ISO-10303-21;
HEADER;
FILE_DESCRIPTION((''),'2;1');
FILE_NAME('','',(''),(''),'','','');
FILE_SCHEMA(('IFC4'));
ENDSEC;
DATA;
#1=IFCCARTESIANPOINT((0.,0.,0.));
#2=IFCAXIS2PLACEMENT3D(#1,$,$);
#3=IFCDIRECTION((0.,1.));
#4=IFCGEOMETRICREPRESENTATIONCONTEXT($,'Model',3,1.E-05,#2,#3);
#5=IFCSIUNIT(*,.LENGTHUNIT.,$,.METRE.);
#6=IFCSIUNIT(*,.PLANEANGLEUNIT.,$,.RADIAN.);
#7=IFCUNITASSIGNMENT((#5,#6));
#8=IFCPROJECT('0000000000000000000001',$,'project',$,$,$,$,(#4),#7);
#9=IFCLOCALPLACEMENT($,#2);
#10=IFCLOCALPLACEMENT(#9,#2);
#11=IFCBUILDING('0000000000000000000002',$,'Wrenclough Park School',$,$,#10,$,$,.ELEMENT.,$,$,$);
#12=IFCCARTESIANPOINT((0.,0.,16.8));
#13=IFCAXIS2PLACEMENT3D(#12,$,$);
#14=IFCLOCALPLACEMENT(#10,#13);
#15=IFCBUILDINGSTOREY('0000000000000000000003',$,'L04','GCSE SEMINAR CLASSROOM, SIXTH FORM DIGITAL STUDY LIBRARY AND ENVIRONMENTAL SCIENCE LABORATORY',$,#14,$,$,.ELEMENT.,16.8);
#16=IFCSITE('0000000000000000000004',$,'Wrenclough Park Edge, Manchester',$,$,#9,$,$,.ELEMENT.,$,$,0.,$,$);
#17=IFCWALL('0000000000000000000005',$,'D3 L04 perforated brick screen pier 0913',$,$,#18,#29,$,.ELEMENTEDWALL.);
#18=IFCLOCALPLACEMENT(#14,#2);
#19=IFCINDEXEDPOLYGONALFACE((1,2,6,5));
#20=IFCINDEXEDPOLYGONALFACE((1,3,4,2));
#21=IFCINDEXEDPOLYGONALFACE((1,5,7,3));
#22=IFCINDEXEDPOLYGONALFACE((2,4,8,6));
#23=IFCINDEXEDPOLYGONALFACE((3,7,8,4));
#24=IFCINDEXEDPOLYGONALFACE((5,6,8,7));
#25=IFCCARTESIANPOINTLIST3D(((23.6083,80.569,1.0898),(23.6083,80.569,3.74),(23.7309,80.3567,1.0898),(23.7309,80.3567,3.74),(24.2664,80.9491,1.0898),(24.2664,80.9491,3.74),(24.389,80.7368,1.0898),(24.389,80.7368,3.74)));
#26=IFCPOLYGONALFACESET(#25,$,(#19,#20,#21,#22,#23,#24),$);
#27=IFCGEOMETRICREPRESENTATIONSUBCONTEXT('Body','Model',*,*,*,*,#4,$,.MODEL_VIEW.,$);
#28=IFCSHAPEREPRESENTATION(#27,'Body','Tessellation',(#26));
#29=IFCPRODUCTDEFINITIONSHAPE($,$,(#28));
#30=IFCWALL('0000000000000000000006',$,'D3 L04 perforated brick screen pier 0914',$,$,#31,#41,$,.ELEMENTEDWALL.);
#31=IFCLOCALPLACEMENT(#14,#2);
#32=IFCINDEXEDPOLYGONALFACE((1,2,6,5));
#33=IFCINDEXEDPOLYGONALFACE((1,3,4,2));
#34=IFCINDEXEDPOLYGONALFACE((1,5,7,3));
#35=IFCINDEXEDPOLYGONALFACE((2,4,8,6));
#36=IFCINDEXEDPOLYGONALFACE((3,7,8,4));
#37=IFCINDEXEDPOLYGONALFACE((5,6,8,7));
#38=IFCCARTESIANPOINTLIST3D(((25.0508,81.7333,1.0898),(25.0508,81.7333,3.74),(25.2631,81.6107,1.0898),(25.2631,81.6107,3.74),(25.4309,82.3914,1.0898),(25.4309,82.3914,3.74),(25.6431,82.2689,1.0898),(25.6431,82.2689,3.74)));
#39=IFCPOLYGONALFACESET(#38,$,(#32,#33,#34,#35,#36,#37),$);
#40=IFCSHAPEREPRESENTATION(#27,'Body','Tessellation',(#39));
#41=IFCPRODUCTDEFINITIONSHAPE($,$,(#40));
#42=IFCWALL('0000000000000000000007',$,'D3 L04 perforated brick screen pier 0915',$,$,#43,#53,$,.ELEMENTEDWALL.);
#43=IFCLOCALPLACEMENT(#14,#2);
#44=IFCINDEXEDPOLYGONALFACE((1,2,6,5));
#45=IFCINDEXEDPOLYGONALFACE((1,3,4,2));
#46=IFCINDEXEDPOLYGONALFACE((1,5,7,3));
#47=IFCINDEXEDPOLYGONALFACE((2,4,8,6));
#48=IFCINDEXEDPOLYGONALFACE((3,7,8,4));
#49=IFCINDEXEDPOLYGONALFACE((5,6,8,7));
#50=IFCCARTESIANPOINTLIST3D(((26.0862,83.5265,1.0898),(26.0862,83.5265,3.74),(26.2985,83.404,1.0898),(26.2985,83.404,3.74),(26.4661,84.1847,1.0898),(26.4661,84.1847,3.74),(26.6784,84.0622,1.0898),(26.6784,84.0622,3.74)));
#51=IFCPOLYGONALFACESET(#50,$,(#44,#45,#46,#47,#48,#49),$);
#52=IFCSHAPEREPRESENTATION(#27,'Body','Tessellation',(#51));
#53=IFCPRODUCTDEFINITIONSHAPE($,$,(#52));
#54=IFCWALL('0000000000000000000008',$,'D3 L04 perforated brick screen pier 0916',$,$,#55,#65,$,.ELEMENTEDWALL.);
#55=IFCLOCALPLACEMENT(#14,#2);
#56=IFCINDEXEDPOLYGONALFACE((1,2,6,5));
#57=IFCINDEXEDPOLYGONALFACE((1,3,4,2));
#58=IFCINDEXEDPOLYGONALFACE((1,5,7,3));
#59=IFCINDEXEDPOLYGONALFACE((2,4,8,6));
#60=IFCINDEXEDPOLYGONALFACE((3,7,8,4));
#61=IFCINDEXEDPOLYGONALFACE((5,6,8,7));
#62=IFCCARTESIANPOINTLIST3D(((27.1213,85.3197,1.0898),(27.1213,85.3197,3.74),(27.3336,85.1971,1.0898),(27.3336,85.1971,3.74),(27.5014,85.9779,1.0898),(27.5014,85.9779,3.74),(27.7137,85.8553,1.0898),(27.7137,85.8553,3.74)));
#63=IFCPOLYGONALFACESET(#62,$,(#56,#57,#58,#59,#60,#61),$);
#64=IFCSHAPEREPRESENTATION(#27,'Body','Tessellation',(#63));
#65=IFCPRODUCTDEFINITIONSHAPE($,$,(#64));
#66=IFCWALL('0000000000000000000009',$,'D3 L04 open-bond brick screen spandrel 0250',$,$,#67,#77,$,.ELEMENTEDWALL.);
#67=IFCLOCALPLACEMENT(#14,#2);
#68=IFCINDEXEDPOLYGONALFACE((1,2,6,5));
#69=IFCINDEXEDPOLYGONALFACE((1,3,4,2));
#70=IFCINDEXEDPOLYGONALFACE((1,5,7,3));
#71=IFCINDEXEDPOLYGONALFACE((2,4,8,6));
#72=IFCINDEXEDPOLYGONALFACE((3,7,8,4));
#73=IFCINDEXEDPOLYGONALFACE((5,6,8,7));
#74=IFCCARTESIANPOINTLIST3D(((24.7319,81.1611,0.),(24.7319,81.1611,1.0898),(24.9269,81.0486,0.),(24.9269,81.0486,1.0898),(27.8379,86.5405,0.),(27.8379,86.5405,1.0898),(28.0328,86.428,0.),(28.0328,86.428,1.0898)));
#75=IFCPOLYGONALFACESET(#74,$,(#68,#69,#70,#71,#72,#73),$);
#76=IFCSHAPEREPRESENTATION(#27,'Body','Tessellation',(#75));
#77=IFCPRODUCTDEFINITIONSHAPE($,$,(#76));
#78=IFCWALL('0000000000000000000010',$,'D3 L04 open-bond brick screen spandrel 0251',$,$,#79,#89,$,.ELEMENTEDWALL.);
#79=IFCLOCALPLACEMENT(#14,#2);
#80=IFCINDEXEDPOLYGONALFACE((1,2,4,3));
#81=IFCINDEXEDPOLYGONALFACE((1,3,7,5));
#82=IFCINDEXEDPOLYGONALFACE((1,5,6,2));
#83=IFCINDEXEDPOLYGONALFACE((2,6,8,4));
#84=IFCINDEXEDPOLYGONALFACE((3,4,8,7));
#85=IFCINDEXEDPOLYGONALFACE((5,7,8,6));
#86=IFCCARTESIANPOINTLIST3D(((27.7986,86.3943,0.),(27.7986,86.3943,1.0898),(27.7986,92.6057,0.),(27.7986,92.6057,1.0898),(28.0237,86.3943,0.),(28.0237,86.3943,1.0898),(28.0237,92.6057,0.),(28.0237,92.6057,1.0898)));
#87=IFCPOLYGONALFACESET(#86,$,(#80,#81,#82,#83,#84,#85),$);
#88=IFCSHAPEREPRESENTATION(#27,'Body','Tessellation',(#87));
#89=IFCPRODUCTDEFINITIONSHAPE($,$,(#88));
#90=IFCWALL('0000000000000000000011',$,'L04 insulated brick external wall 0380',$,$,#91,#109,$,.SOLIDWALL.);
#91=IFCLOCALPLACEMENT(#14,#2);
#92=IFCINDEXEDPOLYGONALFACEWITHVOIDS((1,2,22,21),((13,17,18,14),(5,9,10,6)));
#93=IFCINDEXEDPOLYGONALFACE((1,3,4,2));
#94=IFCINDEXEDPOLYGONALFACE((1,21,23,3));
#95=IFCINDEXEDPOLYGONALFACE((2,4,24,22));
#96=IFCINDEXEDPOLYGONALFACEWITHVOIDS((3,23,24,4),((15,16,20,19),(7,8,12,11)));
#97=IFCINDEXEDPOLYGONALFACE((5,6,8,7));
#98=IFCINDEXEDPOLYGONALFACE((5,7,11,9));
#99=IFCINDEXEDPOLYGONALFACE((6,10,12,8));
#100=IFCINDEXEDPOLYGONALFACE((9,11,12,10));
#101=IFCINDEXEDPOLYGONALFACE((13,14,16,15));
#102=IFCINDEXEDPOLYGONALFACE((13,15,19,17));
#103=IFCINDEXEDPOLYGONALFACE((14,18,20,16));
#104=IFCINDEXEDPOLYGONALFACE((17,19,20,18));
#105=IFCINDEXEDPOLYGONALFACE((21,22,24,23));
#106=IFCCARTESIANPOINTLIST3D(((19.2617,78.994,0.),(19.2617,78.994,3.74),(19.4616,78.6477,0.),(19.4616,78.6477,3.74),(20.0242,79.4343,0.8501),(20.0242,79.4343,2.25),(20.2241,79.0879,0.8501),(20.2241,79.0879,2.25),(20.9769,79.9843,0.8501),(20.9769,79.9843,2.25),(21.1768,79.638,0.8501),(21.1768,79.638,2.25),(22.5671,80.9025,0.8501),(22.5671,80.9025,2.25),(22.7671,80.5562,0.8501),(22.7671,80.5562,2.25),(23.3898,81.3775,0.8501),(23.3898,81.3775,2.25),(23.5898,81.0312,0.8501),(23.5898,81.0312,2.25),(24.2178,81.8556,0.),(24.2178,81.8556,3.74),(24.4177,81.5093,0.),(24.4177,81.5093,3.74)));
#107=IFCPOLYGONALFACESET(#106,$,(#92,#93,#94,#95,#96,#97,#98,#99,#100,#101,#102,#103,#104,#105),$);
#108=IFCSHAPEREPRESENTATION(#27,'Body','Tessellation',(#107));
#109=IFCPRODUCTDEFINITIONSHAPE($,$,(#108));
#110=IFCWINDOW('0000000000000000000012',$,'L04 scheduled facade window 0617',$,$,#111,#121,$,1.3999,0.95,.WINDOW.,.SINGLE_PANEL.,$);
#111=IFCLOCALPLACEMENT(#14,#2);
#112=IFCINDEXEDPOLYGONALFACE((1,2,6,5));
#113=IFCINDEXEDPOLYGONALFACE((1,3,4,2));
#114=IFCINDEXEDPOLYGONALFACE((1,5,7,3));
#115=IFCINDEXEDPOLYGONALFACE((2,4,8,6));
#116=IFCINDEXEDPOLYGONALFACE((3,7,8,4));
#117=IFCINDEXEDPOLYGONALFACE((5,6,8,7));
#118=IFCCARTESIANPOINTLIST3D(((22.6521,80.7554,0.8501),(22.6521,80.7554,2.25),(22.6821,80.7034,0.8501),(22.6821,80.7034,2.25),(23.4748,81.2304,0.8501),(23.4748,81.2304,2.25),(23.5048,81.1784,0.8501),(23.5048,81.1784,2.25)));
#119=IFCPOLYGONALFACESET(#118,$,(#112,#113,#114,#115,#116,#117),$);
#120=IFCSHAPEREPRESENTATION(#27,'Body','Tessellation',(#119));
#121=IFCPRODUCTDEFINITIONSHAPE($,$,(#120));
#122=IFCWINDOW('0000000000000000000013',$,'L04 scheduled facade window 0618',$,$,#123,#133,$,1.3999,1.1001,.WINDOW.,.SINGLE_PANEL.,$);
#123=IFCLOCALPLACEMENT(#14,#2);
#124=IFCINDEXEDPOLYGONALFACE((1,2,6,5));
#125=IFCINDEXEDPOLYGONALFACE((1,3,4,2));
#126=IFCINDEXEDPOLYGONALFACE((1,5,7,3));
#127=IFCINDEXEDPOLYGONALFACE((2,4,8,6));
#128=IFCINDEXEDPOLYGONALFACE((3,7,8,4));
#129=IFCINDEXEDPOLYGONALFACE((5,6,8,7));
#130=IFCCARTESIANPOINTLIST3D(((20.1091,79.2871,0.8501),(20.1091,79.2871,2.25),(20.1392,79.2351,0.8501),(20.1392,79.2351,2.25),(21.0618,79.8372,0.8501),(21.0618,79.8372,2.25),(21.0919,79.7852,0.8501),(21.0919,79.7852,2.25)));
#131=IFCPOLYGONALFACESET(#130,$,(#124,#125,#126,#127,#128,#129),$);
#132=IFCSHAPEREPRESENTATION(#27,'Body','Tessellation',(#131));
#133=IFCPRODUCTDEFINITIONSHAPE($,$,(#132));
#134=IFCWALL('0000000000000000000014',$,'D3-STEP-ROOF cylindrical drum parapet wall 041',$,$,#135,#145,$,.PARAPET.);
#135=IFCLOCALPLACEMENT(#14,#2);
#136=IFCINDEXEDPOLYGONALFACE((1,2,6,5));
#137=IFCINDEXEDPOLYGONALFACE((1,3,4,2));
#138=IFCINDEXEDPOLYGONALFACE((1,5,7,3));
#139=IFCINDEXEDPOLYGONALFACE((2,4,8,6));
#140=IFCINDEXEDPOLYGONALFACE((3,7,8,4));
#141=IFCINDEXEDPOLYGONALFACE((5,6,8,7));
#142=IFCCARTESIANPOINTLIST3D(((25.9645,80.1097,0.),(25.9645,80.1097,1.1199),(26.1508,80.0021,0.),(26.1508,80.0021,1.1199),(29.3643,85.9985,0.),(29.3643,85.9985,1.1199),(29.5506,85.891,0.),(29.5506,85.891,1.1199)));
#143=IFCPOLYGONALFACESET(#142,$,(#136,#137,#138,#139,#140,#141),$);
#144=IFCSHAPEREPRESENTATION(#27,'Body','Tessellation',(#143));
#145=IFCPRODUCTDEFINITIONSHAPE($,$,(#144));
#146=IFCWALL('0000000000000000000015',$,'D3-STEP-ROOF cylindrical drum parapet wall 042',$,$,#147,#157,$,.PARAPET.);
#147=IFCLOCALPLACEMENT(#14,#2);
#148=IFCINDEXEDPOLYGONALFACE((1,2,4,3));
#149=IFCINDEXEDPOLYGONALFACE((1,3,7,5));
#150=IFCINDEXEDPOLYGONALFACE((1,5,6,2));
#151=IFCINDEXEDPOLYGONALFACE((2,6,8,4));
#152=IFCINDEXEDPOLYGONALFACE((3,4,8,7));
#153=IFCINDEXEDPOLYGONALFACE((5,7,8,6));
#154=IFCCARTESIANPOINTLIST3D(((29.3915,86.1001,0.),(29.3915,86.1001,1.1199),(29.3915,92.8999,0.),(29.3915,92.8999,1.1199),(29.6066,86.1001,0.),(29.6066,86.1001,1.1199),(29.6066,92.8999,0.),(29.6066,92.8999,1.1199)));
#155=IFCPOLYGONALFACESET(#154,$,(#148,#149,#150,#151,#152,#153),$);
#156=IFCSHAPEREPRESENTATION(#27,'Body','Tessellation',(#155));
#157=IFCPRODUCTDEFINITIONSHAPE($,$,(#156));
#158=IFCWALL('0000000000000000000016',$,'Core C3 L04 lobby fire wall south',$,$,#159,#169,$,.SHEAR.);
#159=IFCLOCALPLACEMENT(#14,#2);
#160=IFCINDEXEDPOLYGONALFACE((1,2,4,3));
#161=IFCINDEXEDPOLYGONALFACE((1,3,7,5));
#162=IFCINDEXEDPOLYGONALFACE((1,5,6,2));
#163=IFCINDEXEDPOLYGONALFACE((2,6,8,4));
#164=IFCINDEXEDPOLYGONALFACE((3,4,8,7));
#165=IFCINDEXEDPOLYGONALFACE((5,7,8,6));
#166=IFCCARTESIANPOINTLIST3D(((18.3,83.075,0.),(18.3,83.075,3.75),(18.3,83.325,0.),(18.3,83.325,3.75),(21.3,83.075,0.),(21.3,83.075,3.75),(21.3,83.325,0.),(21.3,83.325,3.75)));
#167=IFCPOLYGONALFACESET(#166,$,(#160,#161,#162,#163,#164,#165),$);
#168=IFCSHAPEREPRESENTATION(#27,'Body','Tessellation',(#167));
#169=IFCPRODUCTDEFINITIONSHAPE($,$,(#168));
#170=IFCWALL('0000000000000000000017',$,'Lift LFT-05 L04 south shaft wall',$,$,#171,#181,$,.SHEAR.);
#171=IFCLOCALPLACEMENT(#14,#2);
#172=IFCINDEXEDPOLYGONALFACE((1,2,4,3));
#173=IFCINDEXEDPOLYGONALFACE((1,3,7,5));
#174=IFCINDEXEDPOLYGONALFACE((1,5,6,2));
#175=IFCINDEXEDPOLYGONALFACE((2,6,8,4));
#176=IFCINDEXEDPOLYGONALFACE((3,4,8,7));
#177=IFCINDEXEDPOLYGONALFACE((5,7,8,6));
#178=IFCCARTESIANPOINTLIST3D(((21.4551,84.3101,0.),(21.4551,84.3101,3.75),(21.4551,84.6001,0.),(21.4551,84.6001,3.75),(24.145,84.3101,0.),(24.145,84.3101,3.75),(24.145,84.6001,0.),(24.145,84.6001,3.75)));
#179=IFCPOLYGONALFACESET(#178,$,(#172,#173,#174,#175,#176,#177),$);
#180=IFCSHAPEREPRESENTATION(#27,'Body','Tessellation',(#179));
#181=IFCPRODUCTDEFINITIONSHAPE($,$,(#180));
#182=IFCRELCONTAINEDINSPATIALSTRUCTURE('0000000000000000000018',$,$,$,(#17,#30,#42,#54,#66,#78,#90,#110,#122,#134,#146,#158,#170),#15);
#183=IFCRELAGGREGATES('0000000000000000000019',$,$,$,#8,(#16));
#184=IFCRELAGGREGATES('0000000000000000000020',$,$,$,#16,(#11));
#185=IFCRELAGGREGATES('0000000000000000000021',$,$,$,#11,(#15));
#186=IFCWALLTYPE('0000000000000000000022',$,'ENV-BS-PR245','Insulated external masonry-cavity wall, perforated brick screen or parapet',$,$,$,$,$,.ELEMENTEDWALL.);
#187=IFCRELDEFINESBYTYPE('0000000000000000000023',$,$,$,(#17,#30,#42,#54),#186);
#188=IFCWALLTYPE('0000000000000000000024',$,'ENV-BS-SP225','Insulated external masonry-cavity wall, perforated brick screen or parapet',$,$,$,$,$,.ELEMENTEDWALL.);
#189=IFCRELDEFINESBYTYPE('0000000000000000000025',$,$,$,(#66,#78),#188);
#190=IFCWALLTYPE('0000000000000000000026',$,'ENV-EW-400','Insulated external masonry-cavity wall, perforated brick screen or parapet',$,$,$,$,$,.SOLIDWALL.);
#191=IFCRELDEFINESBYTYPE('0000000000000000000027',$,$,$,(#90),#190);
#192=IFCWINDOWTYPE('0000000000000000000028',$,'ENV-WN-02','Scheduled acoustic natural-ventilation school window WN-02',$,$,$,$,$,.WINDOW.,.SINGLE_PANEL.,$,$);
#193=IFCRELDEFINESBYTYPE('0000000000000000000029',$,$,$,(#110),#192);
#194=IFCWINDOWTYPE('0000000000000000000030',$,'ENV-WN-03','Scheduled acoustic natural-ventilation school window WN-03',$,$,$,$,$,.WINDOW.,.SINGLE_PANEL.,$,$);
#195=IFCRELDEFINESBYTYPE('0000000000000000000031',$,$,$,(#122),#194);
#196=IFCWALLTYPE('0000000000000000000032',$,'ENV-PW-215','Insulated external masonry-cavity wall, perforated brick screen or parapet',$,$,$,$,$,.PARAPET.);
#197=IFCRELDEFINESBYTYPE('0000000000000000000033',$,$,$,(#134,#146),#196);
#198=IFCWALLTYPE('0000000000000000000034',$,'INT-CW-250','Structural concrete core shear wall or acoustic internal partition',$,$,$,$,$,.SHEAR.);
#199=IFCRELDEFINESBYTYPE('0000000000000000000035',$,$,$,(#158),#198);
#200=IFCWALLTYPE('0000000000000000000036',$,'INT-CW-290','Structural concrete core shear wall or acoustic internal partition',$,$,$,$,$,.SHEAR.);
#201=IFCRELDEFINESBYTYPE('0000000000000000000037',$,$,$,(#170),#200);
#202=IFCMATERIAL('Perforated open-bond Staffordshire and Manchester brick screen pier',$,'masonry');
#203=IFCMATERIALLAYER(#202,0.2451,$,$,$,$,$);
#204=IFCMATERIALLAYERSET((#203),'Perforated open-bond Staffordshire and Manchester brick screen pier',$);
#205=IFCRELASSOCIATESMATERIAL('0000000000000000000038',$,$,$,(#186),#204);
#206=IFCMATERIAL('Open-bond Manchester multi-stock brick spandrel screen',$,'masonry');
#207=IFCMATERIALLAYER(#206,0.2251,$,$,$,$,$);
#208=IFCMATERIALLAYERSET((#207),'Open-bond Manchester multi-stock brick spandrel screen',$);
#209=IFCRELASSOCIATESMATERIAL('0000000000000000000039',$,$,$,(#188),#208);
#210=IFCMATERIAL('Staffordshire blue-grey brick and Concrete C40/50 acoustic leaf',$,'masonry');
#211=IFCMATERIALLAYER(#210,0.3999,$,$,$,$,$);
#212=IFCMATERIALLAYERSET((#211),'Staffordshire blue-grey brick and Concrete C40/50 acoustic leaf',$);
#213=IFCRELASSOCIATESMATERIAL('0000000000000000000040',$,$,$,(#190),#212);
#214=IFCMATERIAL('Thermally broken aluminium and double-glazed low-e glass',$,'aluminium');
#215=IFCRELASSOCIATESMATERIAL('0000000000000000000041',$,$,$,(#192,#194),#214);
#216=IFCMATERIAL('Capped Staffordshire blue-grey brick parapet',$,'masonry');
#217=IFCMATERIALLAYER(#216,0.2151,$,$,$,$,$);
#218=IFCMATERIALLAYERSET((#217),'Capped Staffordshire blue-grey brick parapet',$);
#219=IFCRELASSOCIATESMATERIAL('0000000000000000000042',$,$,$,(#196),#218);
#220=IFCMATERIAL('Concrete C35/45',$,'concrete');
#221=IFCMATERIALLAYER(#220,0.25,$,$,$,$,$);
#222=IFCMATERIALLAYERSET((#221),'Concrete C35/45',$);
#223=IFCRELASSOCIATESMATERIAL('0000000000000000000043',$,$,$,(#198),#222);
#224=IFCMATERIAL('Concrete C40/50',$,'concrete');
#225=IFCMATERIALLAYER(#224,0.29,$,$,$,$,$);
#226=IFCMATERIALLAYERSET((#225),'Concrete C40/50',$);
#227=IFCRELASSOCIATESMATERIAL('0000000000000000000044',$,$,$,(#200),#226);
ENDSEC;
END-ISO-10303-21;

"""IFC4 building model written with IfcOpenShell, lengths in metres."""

from ifc_helpers import new_model, si_unit, direction, frame, frame_2d, origin, place, context, subcontext, project, spatial, rectangle, extrude, material, layer, layer_set, type_object, element, fill, save


model = new_model("IFC4")

# Units and contexts
model_context = context("Model", 3, precision=1e-05, world=origin(), true_north=direction((0.0, 1.0)))
body_context = subcontext(model_context, "Body", "Model", "MODEL_VIEW")
ifc_project = project(units=[si_unit("LENGTHUNIT", "METRE"), si_unit("PLANEANGLEUNIT", "RADIAN")], contexts=[model_context])

# Site, building, storey
site_placement = place(None, origin())
site = spatial("IfcSite", under=ifc_project, at=site_placement, Name="Wrenclough Park Edge, Manchester", CompositionType="ELEMENT", RefElevation=0.0)
building_placement = place(site_placement, origin())
building = spatial("IfcBuilding", under=site, at=building_placement, Name="Wrenclough Park School", CompositionType="ELEMENT")
storey_placement = place(building_placement, frame((0.0, 0.0, 16.8)))
storey = spatial("IfcBuildingStorey", under=building, at=storey_placement, Name="L04", Description="GCSE SEMINAR CLASSROOM, SIXTH FORM DIGITAL STUDY LIBRARY AND ENVIRONMENTAL SCIENCE LABORATORY", CompositionType="ELEMENT", Elevation=16.8)

# Walls
ifc_material_1 = material(Name="Perforated open-bond Staffordshire and Manchester brick screen pier", Category="masonry")
ifc_layer_1 = layer(ifc_material_1, 0.2451)
ifc_layer_set_1 = layer_set([ifc_layer_1], Name="Perforated open-bond Staffordshire and Manchester brick screen pier")
wall_type_1 = type_object("IfcWallType", Name="ENV-BS-PR245", Description="Insulated external masonry-cavity wall, perforated brick screen or parapet", PredefinedType="ELEMENTEDWALL", material=ifc_layer_set_1)
for number, where, z_axis, x_axis, name in (
    (1, (23.6697, 80.4629, 1.0898), (0.0, 0.0, 1.0), (0.865961, 0.500112, 0.0), "D3 L04 perforated brick screen pier 0913"),
    (2, (25.157, 81.6721, 1.0898), (0.0, 0.0, 1.0), (0.500112, 0.865961, 0.0), "D3 L04 perforated brick screen pier 0914"),
    (3, (26.1924, 83.4653, 1.0898), (0.0, 0.0, 1.0), (0.499871, 0.8661, 0.0), "D3 L04 perforated brick screen pier 0915"),
    (4, (27.2275, 85.2585, 1.0898), (0.0, 0.0, 1.0), (0.500112, 0.865961, 0.0), "D3 L04 perforated brick screen pier 0916"),
):
    element("IfcWall", number, at=place(storey_placement, frame(where, z_axis=z_axis, x_axis=x_axis)), inside=storey, type_object=wall_type_1, Name=name, PredefinedType="ELEMENTEDWALL", context=body_context, shape_type="SweptSolid", body=[
        extrude(rectangle(XDim=0.76, YDim=0.2451, at=frame_2d((0.3799, 0.0))), origin(), (0.0, 0.0, 1.0), 2.6501),
    ])
ifc_material_2 = material(Name="Open-bond Manchester multi-stock brick spandrel screen", Category="masonry")
ifc_layer_2 = layer(ifc_material_2, 0.2251)
ifc_layer_set_2 = layer_set([ifc_layer_2], Name="Open-bond Manchester multi-stock brick spandrel screen")
wall_type_2 = type_object("IfcWallType", Name="ENV-BS-SP225", Description="Insulated external masonry-cavity wall, perforated brick screen or parapet", PredefinedType="ELEMENTEDWALL", material=ifc_layer_set_2)
wall_1_placement = place(storey_placement, frame((24.8293, 81.1047, 0.0), z_axis=(0.0, 0.0, 1.0), x_axis=(0.50002, 0.866014, 0.0)))
element("IfcWall", 5, at=wall_1_placement, inside=storey, type_object=wall_type_2, Name="D3 L04 open-bond brick screen spandrel 0250", PredefinedType="ELEMENTEDWALL", context=body_context, shape_type="SweptSolid", body=[
    extrude(rectangle(XDim=6.2117, YDim=0.2251, at=frame_2d((3.106, 0.0))), origin(), (0.0, 0.0, 1.0), 1.0898),
])
wall_2_placement = place(storey_placement, frame((27.9111, 86.3943, 0.0), z_axis=(0.0, 0.0, 1.0), x_axis=(0.0, 1.0, 0.0)))
element("IfcWall", 6, at=wall_2_placement, inside=storey, type_object=wall_type_2, Name="D3 L04 open-bond brick screen spandrel 0251", PredefinedType="ELEMENTEDWALL", context=body_context, shape_type="SweptSolid", body=[
    extrude(rectangle(XDim=6.2114, YDim=0.2251, at=frame_2d((3.1057, 0.0))), origin(), (0.0, 0.0, 1.0), 1.0898),
])

# Wall, openings, windows
ifc_material_3 = material(Name="Staffordshire blue-grey brick and Concrete C40/50 acoustic leaf", Category="masonry")
ifc_layer_3 = layer(ifc_material_3, 0.3999)
ifc_layer_set_3 = layer_set([ifc_layer_3], Name="Staffordshire blue-grey brick and Concrete C40/50 acoustic leaf")
wall_type_3 = type_object("IfcWallType", Name="ENV-EW-400", Description="Insulated external masonry-cavity wall, perforated brick screen or parapet", PredefinedType="SOLIDWALL", material=ifc_layer_set_3)
wall_3_placement = place(storey_placement, frame((24.3176, 81.6824, 0.0), z_axis=(0.0, 0.0, 1.0), x_axis=(-0.866011, -0.500025, 0.0)))
wall_3 = element("IfcWall", 7, at=wall_3_placement, inside=storey, type_object=wall_type_3, Name="L04 insulated brick external wall 0380", PredefinedType="SOLIDWALL", context=body_context, shape_type="SweptSolid", body=[
    extrude(rectangle(XDim=5.7229, YDim=0.3999, at=frame_2d((2.8613, 0.0))), origin(), (0.0, 0.0, 1.0), 3.74),
])
opening_1_placement = place(wall_3_placement, frame((0.9558, 0.0, 0.8501)))
opening_1 = element("IfcOpeningElement", 8, at=opening_1_placement, cuts=wall_3, PredefinedType="OPENING", context=body_context, shape_type="SweptSolid", body=[
    extrude(rectangle(XDim=0.95, YDim=1.3999, at=frame_2d((0.4751, 0.7))), frame((0.0, 0.21, 0.0), z_axis=(0.0, -1.0, 0.0), x_axis=(1.0, 0.0, 0.0)), (0.0, 0.0, 1.0), 0.4199),
])
opening_2_placement = place(wall_3_placement, frame((3.7422, 0.0, 0.8501)))
opening_2 = element("IfcOpeningElement", 9, at=opening_2_placement, cuts=wall_3, PredefinedType="OPENING", context=body_context, shape_type="SweptSolid", body=[
    extrude(rectangle(XDim=1.1001, YDim=1.3999, at=frame_2d((0.55, 0.7))), frame((0.0, 0.21, 0.0), z_axis=(0.0, -1.0, 0.0), x_axis=(1.0, 0.0, 0.0)), (0.0, 0.0, 1.0), 0.4199),
])
ifc_material_4 = material(Name="Thermally broken aluminium and double-glazed low-e glass", Category="aluminium")
window_type_1 = type_object("IfcWindowType", Name="ENV-WN-02", Description="Scheduled acoustic natural-ventilation school window WN-02", PartitioningType="SINGLE_PANEL", PredefinedType="WINDOW", material=ifc_material_4)
window_1_placement = place(opening_1_placement, origin())
window_1 = element("IfcWindow", 10, at=window_1_placement, inside=storey, type_object=window_type_1, Name="L04 scheduled facade window 0617", OverallHeight=1.3999, OverallWidth=0.95, PartitioningType="SINGLE_PANEL", PredefinedType="WINDOW", context=body_context, shape_type="SweptSolid", body=[
    extrude(rectangle(XDim=0.95, YDim=1.3999, at=frame_2d((0.4751, 0.7))), frame((0.0, 0.03, 0.0), z_axis=(0.0, -1.0, 0.0), x_axis=(1.0, 0.0, 0.0)), (0.0, 0.0, 1.0), 0.0601),
])
fill(opening_1, window_1)
window_type_2 = type_object("IfcWindowType", Name="ENV-WN-03", Description="Scheduled acoustic natural-ventilation school window WN-03", PartitioningType="SINGLE_PANEL", PredefinedType="WINDOW", material=ifc_material_4)
window_2_placement = place(opening_2_placement, origin())
window_2 = element("IfcWindow", 11, at=window_2_placement, inside=storey, type_object=window_type_2, Name="L04 scheduled facade window 0618", OverallHeight=1.3999, OverallWidth=1.1001, PartitioningType="SINGLE_PANEL", PredefinedType="WINDOW", context=body_context, shape_type="SweptSolid", body=[
    extrude(rectangle(XDim=1.1001, YDim=1.3999, at=frame_2d((0.55, 0.7))), frame((0.0, 0.03, 0.0), z_axis=(0.0, -1.0, 0.0), x_axis=(1.0, 0.0, 0.0)), (0.0, 0.0, 1.0), 0.0601),
])
fill(opening_2, window_2)

# Walls
ifc_material_5 = material(Name="Capped Staffordshire blue-grey brick parapet", Category="masonry")
ifc_layer_4 = layer(ifc_material_5, 0.2151)
ifc_layer_set_4 = layer_set([ifc_layer_4], Name="Capped Staffordshire blue-grey brick parapet")
wall_type_4 = type_object("IfcWallType", Name="ENV-PW-215", Description="Insulated external masonry-cavity wall, perforated brick screen or parapet", PredefinedType="PARAPET", material=ifc_layer_set_4)
for number, where, z_axis, x_axis, name in (
    (12, (26.0576, 80.0559, 0.0), (0.0, 0.0, 1.0), (0.499993, 0.86603, 0.0), "D3-STEP-ROOF cylindrical drum parapet wall 041"),
    (13, (29.499, 86.1001, 0.0), (0.0, 0.0, 1.0), (0.0, 1.0, 0.0), "D3-STEP-ROOF cylindrical drum parapet wall 042"),
):
    element("IfcWall", number, at=place(storey_placement, frame(where, z_axis=z_axis, x_axis=x_axis)), inside=storey, type_object=wall_type_4, Name=name, PredefinedType="PARAPET", context=body_context, shape_type="SweptSolid", body=[
        extrude(rectangle(XDim=6.7998, YDim=0.2151, at=frame_2d((3.3999, 0.0))), origin(), (0.0, 0.0, 1.0), 1.1199),
    ])
ifc_material_6 = material(Name="Concrete C35/45", Category="concrete")
ifc_layer_5 = layer(ifc_material_6, 0.25)
ifc_layer_set_5 = layer_set([ifc_layer_5], Name="Concrete C35/45")
wall_type_5 = type_object("IfcWallType", Name="INT-CW-250", Description="Structural concrete core shear wall or acoustic internal partition", PredefinedType="SHEAR", material=ifc_layer_set_5)
wall_4_placement = place(storey_placement, frame((18.3, 83.2, 0.0), z_axis=(0.0, 0.0, 1.0), x_axis=(1.0, 0.0, 0.0)))
element("IfcWall", 14, at=wall_4_placement, inside=storey, type_object=wall_type_5, Name="Core C3 L04 lobby fire wall south", PredefinedType="SHEAR", context=body_context, shape_type="SweptSolid", body=[
    extrude(rectangle(XDim=3.0, YDim=0.25, at=frame_2d((1.5, 0.0))), origin(), (0.0, 0.0, 1.0), 3.75),
])
ifc_material_7 = material(Name="Concrete C40/50", Category="concrete")
ifc_layer_6 = layer(ifc_material_7, 0.29)
ifc_layer_set_6 = layer_set([ifc_layer_6], Name="Concrete C40/50")
wall_type_6 = type_object("IfcWallType", Name="INT-CW-290", Description="Structural concrete core shear wall or acoustic internal partition", PredefinedType="SHEAR", material=ifc_layer_set_6)
wall_5_placement = place(storey_placement, frame((21.4551, 84.4551, 0.0), z_axis=(0.0, 0.0, 1.0), x_axis=(1.0, 0.0, 0.0)))
element("IfcWall", 15, at=wall_5_placement, inside=storey, type_object=wall_type_6, Name="Lift LFT-05 L04 south shaft wall", PredefinedType="SHEAR", context=body_context, shape_type="SweptSolid", body=[
    extrude(rectangle(XDim=2.6899, YDim=0.29, at=frame_2d((1.345, 0.0))), origin(), (0.0, 0.0, 1.0), 3.75),
])

save(model, "model.ifc")
